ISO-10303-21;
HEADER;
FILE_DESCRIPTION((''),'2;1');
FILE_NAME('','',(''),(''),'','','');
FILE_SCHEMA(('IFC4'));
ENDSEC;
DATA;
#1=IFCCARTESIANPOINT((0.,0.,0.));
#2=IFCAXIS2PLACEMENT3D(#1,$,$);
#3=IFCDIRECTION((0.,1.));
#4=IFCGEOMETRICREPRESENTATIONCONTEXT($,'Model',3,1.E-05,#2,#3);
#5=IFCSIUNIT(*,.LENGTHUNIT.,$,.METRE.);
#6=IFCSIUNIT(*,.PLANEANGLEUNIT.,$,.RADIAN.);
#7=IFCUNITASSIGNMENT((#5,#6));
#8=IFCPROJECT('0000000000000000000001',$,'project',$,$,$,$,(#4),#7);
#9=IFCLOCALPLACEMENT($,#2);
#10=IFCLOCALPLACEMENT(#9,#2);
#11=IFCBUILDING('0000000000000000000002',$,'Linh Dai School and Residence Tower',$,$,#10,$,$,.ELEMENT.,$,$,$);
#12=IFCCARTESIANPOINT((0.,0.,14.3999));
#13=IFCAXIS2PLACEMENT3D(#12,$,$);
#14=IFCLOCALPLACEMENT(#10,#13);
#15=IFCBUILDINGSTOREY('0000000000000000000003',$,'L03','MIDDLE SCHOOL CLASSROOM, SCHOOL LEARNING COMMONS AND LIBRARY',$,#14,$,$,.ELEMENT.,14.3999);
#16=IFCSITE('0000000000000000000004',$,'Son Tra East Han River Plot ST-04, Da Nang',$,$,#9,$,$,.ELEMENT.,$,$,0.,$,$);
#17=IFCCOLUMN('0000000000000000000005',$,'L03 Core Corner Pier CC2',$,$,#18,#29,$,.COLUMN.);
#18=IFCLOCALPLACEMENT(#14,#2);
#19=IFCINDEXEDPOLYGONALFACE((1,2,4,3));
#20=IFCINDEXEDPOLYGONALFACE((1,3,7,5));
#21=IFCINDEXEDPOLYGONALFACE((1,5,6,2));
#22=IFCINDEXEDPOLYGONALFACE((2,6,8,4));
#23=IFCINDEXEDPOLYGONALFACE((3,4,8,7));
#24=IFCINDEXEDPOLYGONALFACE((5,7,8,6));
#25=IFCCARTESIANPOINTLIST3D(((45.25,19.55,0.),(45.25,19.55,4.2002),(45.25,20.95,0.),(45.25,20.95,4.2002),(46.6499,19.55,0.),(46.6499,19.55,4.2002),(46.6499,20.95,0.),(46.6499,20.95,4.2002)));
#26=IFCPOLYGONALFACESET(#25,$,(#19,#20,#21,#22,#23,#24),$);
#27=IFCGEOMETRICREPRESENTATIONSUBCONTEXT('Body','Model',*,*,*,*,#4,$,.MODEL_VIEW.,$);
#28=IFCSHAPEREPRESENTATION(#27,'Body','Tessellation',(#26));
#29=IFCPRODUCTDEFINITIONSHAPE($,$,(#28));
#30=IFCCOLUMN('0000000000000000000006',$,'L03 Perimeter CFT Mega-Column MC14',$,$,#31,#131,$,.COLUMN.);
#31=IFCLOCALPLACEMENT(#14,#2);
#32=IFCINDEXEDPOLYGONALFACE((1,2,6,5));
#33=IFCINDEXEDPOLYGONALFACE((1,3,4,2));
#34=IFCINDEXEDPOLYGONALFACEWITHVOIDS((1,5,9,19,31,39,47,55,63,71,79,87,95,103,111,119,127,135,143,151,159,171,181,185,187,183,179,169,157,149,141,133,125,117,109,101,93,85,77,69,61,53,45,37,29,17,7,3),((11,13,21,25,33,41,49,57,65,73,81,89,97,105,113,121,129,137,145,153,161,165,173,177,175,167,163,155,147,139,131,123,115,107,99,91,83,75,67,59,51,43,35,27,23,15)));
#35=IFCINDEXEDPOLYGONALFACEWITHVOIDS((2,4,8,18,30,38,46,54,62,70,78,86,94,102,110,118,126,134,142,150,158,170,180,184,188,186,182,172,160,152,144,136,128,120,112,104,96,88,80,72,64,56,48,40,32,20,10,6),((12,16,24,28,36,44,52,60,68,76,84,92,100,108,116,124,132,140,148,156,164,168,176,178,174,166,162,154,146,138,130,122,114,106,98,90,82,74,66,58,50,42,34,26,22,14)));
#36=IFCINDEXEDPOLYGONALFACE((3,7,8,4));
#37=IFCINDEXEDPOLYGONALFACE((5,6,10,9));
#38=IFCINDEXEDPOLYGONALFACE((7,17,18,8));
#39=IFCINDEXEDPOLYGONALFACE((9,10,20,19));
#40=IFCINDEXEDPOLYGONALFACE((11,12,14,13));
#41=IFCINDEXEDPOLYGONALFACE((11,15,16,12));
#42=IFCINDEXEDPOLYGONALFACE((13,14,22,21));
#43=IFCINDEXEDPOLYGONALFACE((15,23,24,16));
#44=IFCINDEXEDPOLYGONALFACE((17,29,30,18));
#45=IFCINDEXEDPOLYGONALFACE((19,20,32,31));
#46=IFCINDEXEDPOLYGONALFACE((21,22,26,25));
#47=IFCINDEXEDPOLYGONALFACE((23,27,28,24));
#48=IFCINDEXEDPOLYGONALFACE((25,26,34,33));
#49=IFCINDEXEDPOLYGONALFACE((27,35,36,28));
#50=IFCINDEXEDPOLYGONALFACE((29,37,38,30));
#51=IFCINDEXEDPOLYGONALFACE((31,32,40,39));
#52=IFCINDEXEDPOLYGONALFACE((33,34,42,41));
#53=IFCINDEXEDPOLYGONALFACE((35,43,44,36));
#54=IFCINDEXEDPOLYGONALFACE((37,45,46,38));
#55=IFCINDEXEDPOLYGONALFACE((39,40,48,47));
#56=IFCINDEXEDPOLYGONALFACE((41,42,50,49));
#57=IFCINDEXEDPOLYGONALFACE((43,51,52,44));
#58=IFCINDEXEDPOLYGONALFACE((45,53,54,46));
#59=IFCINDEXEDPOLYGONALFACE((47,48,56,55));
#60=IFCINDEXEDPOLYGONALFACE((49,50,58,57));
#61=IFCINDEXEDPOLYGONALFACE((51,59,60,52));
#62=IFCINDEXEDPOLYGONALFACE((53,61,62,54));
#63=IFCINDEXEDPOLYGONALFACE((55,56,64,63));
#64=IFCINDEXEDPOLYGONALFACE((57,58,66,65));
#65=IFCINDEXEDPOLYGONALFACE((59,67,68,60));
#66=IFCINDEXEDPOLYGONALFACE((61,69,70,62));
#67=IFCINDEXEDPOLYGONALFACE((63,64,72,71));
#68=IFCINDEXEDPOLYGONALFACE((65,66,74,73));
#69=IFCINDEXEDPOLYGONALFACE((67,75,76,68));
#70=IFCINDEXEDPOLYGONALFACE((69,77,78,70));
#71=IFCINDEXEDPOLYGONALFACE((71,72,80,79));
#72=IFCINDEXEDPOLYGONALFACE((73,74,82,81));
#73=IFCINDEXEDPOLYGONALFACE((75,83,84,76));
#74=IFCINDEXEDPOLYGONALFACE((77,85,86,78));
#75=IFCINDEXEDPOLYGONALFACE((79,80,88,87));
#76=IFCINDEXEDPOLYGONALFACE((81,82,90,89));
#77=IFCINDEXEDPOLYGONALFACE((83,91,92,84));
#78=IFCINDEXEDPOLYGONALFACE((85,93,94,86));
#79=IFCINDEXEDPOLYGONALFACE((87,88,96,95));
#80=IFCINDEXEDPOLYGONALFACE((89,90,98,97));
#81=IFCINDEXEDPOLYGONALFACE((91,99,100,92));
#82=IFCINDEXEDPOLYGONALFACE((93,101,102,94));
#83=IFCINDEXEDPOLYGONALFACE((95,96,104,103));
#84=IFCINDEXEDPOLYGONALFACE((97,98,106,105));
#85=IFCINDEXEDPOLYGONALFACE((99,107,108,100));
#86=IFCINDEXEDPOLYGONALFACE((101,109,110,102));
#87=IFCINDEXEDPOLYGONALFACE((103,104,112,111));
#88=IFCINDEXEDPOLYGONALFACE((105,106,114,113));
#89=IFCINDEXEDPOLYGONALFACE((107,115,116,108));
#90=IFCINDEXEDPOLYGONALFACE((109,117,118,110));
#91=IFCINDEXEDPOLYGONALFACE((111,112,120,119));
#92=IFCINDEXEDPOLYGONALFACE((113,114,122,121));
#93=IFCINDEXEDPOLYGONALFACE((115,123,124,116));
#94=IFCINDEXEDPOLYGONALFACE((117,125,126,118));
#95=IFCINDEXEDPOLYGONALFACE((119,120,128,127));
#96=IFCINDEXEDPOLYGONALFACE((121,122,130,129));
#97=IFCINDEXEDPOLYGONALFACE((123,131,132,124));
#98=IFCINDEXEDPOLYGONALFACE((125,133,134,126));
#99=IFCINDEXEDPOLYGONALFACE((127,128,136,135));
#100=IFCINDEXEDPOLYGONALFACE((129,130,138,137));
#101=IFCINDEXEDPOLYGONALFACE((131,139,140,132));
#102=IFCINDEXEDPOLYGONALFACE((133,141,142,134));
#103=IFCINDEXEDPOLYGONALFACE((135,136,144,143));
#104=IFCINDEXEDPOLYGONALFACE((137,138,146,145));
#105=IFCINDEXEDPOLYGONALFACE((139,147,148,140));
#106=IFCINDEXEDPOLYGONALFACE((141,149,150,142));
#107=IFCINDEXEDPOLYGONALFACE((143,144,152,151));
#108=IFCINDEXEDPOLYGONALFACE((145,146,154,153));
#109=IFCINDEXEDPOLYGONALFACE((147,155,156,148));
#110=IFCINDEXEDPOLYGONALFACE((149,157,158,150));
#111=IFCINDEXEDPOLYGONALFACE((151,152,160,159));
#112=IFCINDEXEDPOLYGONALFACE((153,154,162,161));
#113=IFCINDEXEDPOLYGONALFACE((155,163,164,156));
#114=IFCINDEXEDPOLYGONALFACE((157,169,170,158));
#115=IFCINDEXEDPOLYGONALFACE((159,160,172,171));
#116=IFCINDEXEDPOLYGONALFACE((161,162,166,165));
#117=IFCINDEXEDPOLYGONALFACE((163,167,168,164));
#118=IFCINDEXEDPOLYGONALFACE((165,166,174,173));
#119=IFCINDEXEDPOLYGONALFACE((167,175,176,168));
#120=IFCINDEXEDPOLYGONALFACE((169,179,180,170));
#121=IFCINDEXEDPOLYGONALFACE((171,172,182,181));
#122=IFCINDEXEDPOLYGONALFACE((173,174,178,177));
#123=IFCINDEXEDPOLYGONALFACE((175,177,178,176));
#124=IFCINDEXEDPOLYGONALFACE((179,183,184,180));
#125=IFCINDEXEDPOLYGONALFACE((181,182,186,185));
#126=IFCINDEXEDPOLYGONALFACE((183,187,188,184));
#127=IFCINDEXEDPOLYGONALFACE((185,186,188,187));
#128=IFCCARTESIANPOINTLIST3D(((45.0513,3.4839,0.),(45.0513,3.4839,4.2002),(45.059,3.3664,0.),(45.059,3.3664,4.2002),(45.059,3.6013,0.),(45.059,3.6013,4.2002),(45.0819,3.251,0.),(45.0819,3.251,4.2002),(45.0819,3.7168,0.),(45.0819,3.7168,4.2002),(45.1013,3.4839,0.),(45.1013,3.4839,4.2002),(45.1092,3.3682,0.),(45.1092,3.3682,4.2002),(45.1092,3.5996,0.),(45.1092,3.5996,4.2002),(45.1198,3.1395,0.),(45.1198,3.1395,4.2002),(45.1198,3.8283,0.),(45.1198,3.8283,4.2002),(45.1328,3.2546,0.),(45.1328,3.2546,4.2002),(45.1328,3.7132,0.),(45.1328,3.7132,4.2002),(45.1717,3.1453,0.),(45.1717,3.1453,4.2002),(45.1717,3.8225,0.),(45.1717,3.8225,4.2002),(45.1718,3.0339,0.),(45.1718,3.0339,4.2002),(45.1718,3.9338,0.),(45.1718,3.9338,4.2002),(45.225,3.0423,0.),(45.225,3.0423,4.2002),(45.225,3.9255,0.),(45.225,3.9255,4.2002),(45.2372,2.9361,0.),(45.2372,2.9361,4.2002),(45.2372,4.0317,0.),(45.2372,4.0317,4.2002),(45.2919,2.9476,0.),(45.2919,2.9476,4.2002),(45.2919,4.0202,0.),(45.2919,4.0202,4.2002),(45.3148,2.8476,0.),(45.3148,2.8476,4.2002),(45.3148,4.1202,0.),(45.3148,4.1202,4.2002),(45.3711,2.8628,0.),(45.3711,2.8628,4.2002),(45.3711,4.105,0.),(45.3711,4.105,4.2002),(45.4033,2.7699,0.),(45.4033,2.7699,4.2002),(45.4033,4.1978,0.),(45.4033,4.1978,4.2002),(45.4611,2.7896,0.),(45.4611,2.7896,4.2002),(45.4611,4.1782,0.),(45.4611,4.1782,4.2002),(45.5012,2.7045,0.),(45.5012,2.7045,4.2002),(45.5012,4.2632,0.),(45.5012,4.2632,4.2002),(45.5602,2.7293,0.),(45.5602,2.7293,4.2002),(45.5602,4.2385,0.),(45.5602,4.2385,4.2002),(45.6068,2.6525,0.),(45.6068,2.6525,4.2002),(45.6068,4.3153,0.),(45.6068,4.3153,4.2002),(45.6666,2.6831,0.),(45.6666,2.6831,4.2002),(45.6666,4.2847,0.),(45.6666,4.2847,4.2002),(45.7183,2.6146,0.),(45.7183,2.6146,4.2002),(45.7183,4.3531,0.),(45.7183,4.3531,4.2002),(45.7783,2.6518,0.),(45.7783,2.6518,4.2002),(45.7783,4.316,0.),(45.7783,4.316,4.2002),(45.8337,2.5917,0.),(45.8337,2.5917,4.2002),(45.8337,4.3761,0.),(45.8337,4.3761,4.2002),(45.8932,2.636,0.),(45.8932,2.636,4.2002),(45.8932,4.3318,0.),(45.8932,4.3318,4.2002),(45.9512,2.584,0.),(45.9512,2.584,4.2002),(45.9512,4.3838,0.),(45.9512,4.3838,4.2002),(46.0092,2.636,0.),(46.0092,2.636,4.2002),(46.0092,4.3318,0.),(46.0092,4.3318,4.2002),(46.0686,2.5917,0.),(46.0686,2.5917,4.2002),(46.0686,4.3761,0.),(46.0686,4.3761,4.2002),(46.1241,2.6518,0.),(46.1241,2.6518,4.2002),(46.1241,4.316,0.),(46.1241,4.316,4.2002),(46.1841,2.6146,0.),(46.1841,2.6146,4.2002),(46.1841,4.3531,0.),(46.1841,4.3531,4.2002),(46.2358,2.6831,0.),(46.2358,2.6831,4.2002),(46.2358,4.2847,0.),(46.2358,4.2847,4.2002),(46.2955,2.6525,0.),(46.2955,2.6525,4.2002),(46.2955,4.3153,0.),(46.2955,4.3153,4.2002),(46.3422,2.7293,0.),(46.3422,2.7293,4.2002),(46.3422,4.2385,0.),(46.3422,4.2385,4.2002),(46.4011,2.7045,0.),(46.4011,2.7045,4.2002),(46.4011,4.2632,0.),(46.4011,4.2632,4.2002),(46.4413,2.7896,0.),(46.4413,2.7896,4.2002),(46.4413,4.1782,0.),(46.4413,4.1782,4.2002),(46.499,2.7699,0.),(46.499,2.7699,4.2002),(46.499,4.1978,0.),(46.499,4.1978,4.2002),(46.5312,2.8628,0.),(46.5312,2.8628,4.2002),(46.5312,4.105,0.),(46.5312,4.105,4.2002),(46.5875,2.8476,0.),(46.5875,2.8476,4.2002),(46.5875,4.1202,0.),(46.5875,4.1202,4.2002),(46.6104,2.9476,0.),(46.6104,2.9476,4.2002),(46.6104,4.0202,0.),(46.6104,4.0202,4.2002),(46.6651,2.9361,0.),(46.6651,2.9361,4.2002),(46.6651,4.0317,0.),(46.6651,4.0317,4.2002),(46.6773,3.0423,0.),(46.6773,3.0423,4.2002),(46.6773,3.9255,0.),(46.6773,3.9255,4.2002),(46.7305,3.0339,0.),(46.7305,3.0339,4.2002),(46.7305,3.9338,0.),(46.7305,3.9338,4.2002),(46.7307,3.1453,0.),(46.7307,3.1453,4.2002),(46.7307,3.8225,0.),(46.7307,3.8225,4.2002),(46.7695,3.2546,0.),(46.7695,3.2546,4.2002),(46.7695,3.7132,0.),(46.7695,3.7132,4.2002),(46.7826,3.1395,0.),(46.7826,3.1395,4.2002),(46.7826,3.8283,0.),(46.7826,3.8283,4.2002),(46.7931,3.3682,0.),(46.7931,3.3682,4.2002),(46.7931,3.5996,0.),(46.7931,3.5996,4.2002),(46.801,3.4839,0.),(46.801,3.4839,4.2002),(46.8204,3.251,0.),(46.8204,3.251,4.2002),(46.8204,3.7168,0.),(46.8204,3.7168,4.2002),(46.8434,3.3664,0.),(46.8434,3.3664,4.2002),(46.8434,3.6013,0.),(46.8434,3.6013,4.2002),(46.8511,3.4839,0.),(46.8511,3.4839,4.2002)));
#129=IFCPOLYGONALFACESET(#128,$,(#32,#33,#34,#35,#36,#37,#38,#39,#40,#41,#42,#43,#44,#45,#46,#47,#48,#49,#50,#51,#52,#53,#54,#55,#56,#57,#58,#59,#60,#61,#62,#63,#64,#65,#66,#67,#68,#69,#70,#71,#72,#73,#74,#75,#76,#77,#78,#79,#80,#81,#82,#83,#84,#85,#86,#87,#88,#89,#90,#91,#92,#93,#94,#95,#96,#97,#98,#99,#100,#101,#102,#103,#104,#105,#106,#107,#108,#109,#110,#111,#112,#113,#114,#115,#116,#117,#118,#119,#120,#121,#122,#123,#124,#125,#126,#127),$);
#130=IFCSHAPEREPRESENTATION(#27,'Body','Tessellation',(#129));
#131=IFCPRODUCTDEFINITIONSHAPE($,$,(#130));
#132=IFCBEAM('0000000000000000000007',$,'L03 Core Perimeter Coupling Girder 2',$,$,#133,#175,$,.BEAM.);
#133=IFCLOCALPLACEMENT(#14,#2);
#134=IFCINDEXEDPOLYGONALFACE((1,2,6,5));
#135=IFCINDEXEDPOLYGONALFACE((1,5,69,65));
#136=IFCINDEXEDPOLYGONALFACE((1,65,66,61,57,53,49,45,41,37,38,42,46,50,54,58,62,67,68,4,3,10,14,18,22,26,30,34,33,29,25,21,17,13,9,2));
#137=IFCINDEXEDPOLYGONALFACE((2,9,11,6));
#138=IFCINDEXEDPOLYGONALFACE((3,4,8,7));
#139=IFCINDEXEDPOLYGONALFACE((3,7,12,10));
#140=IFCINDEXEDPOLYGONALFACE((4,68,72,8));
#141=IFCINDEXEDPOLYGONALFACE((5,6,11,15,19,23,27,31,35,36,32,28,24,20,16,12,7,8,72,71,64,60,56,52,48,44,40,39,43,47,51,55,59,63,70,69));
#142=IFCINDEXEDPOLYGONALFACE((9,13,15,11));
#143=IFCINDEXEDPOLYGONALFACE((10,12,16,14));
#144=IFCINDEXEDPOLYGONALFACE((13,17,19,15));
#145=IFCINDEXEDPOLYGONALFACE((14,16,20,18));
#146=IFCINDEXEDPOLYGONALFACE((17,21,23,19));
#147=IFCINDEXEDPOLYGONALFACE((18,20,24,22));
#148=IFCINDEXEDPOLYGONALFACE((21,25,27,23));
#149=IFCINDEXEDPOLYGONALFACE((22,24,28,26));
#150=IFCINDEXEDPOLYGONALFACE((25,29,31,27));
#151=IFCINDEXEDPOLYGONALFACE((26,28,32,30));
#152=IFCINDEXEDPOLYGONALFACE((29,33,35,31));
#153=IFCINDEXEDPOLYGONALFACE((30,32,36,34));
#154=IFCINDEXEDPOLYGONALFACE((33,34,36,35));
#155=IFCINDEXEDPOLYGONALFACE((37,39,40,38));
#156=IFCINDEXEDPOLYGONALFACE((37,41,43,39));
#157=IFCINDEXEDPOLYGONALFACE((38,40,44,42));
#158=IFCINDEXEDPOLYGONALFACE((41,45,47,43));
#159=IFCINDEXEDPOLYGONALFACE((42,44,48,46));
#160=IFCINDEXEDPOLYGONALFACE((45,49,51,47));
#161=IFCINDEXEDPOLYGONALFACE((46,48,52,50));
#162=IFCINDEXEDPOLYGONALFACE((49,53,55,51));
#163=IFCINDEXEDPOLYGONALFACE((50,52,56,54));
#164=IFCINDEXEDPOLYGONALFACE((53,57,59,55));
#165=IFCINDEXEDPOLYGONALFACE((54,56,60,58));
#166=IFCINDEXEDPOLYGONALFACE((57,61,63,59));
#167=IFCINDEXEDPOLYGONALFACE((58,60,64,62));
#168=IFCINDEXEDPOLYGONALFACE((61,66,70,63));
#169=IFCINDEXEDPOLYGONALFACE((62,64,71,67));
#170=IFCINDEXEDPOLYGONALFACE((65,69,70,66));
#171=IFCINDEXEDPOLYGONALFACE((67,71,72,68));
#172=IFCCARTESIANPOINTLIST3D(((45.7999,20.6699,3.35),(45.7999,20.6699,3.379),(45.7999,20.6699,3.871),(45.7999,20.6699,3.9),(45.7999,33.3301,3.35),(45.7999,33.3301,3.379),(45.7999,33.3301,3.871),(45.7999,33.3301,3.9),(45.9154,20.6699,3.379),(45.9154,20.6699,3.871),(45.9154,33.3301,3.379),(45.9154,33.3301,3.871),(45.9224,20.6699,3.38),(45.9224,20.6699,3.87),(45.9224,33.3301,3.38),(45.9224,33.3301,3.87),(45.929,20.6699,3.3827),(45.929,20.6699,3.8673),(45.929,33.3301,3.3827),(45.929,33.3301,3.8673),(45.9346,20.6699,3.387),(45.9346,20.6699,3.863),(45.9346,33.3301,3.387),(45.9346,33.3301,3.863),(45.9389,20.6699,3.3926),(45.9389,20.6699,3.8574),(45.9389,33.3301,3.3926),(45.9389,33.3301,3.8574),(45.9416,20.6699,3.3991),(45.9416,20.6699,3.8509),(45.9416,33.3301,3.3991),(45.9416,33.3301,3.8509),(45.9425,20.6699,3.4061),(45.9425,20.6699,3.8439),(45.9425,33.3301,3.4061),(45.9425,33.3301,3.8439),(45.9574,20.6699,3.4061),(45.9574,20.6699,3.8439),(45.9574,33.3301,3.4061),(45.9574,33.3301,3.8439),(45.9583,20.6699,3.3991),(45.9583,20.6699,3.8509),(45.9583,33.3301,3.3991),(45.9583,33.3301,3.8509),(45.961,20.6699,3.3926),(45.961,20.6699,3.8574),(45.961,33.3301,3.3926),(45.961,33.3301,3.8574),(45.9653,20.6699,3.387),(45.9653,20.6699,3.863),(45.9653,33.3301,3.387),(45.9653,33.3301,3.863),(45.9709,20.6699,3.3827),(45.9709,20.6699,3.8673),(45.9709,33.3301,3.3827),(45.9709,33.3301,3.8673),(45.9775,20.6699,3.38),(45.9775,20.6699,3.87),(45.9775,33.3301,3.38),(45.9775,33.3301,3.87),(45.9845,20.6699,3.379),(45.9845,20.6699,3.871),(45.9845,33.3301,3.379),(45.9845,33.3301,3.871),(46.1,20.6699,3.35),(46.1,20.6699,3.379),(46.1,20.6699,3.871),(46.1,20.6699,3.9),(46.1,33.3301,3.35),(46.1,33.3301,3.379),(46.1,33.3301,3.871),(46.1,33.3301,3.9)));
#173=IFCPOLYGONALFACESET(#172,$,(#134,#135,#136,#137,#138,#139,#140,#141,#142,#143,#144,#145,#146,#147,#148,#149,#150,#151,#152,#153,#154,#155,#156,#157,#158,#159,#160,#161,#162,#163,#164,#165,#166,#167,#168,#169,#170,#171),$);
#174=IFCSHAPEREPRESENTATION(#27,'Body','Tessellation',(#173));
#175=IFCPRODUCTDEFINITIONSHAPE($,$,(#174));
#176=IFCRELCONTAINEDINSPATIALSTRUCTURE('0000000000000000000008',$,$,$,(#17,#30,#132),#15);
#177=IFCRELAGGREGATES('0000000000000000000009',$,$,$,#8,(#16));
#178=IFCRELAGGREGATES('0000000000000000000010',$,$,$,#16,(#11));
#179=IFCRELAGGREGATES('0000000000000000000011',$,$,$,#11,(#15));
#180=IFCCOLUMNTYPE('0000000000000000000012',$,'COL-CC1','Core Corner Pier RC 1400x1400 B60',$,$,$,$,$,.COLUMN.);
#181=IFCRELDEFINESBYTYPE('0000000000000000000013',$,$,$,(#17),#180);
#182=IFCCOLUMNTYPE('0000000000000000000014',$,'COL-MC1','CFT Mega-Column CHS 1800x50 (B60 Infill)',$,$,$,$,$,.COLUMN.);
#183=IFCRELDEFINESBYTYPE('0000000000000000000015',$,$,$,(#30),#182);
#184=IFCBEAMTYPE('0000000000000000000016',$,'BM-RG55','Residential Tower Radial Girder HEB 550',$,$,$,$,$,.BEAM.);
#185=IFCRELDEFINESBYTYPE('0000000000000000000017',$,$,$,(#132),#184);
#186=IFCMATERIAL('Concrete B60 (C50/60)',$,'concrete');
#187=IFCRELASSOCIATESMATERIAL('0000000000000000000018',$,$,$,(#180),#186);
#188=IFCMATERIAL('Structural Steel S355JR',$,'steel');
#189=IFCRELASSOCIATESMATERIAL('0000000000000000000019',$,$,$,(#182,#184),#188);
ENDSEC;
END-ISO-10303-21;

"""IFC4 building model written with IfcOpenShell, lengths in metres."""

from ifc_helpers import new_model, si_unit, direction, frame, origin, origin_2d, place, context, subcontext, project, spatial, rectangle, hollow_circle, i_section, extrude, material, material_profile, profile_set, type_object, element, save


model = new_model("IFC4")

# Units and contexts
model_context = context("Model", 3, precision=1e-05, world=origin(), true_north=direction((0.0, 1.0)))
body_context = subcontext(model_context, "Body", "Model", "MODEL_VIEW")
ifc_project = project(units=[si_unit("LENGTHUNIT", "METRE"), si_unit("PLANEANGLEUNIT", "RADIAN")], contexts=[model_context])

# Site, building, storey
site_placement = place(None, origin())
site = spatial("IfcSite", under=ifc_project, at=site_placement, Name="Son Tra East Han River Plot ST-04, Da Nang", CompositionType="ELEMENT", RefElevation=0.0)
building_placement = place(site_placement, origin())
building = spatial("IfcBuilding", under=site, at=building_placement, Name="Linh Dai School and Residence Tower", CompositionType="ELEMENT")
storey_placement = place(building_placement, frame((0.0, 0.0, 14.3999)))
storey = spatial("IfcBuildingStorey", under=building, at=storey_placement, Name="L03", Description="MIDDLE SCHOOL CLASSROOM, SCHOOL LEARNING COMMONS AND LIBRARY", CompositionType="ELEMENT", Elevation=14.3999)

# Columns
ifc_material_1 = material(Name="Concrete B60 (C50/60)", Category="concrete")
ifc_material_profile_1 = material_profile(ifc_material_1, rectangle(XDim=1.3999, YDim=1.3999, at=origin_2d()), Name="RC 1400x1400")
ifc_profile_set_1 = profile_set([ifc_material_profile_1], Name="Concrete B60 (C50/60)")
column_type_1 = type_object("IfcColumnType", Name="COL-CC1", Description="Core Corner Pier RC 1400x1400 B60", PredefinedType="COLUMN", material=ifc_profile_set_1)
column_1_placement = place(storey_placement, frame((45.95, 20.25, 0.0), z_axis=(0.0, 0.0, 1.0), x_axis=(1.0, 0.0, 0.0)))
element("IfcColumn", 1, at=column_1_placement, inside=storey, type_object=column_type_1, Name="L03 Core Corner Pier CC2", PredefinedType="COLUMN", context=body_context, shape_type="SweptSolid", body=[
    extrude(rectangle(XDim=1.3999, YDim=1.3999, at=origin_2d()), origin(), (0.0, 0.0, 1.0), 4.2002),
])
ifc_material_2 = material(Name="Structural Steel S355JR", Category="steel")
ifc_material_profile_2 = material_profile(ifc_material_2, hollow_circle(Radius=0.8999, WallThickness=0.05, at=origin_2d()), Name="CHS 1800x50")
ifc_profile_set_2 = profile_set([ifc_material_profile_2], Name="Structural Steel S355JR")
column_type_2 = type_object("IfcColumnType", Name="COL-MC1", Description="CFT Mega-Column CHS 1800x50 (B60 Infill)", PredefinedType="COLUMN", material=ifc_profile_set_2)
column_2_placement = place(storey_placement, frame((45.9512, 3.4839, 0.0), z_axis=(0.0, 0.0, 1.0), x_axis=(1.0, 0.0, 0.0)))
element("IfcColumn", 2, at=column_2_placement, inside=storey, type_object=column_type_2, Name="L03 Perimeter CFT Mega-Column MC14", PredefinedType="COLUMN", context=body_context, shape_type="SweptSolid", body=[
    extrude(hollow_circle(Radius=0.8999, WallThickness=0.05, at=origin_2d()), origin(), (0.0, 0.0, 1.0), 4.2002),
])

# Beam
ifc_material_profile_3 = material_profile(ifc_material_2, i_section(OverallWidth=0.3, OverallDepth=0.55, WebThickness=0.0149, FlangeThickness=0.0291, FilletRadius=0.0271, at=origin_2d()), Name="HEB 550")
ifc_profile_set_3 = profile_set([ifc_material_profile_3], Name="Structural Steel S355JR")
beam_type_1 = type_object("IfcBeamType", Name="BM-RG55", Description="Residential Tower Radial Girder HEB 550", PredefinedType="BEAM", material=ifc_profile_set_3)
beam_1_placement = place(storey_placement, frame((45.95, 20.6699, 3.625), z_axis=(0.0, 1.0, 0.0), x_axis=(-1.0, 0.0, 0.0)))
element("IfcBeam", 3, at=beam_1_placement, inside=storey, type_object=beam_type_1, Name="L03 Core Perimeter Coupling Girder 2", PredefinedType="BEAM", context=body_context, shape_type="SweptSolid", body=[
    extrude(i_section(OverallWidth=0.3, OverallDepth=0.55, WebThickness=0.0149, FlangeThickness=0.0291, FilletRadius=0.0271, at=origin_2d()), origin(), (0.0, 0.0, 1.0), 12.6602),
])

save(model, "model.ifc")
